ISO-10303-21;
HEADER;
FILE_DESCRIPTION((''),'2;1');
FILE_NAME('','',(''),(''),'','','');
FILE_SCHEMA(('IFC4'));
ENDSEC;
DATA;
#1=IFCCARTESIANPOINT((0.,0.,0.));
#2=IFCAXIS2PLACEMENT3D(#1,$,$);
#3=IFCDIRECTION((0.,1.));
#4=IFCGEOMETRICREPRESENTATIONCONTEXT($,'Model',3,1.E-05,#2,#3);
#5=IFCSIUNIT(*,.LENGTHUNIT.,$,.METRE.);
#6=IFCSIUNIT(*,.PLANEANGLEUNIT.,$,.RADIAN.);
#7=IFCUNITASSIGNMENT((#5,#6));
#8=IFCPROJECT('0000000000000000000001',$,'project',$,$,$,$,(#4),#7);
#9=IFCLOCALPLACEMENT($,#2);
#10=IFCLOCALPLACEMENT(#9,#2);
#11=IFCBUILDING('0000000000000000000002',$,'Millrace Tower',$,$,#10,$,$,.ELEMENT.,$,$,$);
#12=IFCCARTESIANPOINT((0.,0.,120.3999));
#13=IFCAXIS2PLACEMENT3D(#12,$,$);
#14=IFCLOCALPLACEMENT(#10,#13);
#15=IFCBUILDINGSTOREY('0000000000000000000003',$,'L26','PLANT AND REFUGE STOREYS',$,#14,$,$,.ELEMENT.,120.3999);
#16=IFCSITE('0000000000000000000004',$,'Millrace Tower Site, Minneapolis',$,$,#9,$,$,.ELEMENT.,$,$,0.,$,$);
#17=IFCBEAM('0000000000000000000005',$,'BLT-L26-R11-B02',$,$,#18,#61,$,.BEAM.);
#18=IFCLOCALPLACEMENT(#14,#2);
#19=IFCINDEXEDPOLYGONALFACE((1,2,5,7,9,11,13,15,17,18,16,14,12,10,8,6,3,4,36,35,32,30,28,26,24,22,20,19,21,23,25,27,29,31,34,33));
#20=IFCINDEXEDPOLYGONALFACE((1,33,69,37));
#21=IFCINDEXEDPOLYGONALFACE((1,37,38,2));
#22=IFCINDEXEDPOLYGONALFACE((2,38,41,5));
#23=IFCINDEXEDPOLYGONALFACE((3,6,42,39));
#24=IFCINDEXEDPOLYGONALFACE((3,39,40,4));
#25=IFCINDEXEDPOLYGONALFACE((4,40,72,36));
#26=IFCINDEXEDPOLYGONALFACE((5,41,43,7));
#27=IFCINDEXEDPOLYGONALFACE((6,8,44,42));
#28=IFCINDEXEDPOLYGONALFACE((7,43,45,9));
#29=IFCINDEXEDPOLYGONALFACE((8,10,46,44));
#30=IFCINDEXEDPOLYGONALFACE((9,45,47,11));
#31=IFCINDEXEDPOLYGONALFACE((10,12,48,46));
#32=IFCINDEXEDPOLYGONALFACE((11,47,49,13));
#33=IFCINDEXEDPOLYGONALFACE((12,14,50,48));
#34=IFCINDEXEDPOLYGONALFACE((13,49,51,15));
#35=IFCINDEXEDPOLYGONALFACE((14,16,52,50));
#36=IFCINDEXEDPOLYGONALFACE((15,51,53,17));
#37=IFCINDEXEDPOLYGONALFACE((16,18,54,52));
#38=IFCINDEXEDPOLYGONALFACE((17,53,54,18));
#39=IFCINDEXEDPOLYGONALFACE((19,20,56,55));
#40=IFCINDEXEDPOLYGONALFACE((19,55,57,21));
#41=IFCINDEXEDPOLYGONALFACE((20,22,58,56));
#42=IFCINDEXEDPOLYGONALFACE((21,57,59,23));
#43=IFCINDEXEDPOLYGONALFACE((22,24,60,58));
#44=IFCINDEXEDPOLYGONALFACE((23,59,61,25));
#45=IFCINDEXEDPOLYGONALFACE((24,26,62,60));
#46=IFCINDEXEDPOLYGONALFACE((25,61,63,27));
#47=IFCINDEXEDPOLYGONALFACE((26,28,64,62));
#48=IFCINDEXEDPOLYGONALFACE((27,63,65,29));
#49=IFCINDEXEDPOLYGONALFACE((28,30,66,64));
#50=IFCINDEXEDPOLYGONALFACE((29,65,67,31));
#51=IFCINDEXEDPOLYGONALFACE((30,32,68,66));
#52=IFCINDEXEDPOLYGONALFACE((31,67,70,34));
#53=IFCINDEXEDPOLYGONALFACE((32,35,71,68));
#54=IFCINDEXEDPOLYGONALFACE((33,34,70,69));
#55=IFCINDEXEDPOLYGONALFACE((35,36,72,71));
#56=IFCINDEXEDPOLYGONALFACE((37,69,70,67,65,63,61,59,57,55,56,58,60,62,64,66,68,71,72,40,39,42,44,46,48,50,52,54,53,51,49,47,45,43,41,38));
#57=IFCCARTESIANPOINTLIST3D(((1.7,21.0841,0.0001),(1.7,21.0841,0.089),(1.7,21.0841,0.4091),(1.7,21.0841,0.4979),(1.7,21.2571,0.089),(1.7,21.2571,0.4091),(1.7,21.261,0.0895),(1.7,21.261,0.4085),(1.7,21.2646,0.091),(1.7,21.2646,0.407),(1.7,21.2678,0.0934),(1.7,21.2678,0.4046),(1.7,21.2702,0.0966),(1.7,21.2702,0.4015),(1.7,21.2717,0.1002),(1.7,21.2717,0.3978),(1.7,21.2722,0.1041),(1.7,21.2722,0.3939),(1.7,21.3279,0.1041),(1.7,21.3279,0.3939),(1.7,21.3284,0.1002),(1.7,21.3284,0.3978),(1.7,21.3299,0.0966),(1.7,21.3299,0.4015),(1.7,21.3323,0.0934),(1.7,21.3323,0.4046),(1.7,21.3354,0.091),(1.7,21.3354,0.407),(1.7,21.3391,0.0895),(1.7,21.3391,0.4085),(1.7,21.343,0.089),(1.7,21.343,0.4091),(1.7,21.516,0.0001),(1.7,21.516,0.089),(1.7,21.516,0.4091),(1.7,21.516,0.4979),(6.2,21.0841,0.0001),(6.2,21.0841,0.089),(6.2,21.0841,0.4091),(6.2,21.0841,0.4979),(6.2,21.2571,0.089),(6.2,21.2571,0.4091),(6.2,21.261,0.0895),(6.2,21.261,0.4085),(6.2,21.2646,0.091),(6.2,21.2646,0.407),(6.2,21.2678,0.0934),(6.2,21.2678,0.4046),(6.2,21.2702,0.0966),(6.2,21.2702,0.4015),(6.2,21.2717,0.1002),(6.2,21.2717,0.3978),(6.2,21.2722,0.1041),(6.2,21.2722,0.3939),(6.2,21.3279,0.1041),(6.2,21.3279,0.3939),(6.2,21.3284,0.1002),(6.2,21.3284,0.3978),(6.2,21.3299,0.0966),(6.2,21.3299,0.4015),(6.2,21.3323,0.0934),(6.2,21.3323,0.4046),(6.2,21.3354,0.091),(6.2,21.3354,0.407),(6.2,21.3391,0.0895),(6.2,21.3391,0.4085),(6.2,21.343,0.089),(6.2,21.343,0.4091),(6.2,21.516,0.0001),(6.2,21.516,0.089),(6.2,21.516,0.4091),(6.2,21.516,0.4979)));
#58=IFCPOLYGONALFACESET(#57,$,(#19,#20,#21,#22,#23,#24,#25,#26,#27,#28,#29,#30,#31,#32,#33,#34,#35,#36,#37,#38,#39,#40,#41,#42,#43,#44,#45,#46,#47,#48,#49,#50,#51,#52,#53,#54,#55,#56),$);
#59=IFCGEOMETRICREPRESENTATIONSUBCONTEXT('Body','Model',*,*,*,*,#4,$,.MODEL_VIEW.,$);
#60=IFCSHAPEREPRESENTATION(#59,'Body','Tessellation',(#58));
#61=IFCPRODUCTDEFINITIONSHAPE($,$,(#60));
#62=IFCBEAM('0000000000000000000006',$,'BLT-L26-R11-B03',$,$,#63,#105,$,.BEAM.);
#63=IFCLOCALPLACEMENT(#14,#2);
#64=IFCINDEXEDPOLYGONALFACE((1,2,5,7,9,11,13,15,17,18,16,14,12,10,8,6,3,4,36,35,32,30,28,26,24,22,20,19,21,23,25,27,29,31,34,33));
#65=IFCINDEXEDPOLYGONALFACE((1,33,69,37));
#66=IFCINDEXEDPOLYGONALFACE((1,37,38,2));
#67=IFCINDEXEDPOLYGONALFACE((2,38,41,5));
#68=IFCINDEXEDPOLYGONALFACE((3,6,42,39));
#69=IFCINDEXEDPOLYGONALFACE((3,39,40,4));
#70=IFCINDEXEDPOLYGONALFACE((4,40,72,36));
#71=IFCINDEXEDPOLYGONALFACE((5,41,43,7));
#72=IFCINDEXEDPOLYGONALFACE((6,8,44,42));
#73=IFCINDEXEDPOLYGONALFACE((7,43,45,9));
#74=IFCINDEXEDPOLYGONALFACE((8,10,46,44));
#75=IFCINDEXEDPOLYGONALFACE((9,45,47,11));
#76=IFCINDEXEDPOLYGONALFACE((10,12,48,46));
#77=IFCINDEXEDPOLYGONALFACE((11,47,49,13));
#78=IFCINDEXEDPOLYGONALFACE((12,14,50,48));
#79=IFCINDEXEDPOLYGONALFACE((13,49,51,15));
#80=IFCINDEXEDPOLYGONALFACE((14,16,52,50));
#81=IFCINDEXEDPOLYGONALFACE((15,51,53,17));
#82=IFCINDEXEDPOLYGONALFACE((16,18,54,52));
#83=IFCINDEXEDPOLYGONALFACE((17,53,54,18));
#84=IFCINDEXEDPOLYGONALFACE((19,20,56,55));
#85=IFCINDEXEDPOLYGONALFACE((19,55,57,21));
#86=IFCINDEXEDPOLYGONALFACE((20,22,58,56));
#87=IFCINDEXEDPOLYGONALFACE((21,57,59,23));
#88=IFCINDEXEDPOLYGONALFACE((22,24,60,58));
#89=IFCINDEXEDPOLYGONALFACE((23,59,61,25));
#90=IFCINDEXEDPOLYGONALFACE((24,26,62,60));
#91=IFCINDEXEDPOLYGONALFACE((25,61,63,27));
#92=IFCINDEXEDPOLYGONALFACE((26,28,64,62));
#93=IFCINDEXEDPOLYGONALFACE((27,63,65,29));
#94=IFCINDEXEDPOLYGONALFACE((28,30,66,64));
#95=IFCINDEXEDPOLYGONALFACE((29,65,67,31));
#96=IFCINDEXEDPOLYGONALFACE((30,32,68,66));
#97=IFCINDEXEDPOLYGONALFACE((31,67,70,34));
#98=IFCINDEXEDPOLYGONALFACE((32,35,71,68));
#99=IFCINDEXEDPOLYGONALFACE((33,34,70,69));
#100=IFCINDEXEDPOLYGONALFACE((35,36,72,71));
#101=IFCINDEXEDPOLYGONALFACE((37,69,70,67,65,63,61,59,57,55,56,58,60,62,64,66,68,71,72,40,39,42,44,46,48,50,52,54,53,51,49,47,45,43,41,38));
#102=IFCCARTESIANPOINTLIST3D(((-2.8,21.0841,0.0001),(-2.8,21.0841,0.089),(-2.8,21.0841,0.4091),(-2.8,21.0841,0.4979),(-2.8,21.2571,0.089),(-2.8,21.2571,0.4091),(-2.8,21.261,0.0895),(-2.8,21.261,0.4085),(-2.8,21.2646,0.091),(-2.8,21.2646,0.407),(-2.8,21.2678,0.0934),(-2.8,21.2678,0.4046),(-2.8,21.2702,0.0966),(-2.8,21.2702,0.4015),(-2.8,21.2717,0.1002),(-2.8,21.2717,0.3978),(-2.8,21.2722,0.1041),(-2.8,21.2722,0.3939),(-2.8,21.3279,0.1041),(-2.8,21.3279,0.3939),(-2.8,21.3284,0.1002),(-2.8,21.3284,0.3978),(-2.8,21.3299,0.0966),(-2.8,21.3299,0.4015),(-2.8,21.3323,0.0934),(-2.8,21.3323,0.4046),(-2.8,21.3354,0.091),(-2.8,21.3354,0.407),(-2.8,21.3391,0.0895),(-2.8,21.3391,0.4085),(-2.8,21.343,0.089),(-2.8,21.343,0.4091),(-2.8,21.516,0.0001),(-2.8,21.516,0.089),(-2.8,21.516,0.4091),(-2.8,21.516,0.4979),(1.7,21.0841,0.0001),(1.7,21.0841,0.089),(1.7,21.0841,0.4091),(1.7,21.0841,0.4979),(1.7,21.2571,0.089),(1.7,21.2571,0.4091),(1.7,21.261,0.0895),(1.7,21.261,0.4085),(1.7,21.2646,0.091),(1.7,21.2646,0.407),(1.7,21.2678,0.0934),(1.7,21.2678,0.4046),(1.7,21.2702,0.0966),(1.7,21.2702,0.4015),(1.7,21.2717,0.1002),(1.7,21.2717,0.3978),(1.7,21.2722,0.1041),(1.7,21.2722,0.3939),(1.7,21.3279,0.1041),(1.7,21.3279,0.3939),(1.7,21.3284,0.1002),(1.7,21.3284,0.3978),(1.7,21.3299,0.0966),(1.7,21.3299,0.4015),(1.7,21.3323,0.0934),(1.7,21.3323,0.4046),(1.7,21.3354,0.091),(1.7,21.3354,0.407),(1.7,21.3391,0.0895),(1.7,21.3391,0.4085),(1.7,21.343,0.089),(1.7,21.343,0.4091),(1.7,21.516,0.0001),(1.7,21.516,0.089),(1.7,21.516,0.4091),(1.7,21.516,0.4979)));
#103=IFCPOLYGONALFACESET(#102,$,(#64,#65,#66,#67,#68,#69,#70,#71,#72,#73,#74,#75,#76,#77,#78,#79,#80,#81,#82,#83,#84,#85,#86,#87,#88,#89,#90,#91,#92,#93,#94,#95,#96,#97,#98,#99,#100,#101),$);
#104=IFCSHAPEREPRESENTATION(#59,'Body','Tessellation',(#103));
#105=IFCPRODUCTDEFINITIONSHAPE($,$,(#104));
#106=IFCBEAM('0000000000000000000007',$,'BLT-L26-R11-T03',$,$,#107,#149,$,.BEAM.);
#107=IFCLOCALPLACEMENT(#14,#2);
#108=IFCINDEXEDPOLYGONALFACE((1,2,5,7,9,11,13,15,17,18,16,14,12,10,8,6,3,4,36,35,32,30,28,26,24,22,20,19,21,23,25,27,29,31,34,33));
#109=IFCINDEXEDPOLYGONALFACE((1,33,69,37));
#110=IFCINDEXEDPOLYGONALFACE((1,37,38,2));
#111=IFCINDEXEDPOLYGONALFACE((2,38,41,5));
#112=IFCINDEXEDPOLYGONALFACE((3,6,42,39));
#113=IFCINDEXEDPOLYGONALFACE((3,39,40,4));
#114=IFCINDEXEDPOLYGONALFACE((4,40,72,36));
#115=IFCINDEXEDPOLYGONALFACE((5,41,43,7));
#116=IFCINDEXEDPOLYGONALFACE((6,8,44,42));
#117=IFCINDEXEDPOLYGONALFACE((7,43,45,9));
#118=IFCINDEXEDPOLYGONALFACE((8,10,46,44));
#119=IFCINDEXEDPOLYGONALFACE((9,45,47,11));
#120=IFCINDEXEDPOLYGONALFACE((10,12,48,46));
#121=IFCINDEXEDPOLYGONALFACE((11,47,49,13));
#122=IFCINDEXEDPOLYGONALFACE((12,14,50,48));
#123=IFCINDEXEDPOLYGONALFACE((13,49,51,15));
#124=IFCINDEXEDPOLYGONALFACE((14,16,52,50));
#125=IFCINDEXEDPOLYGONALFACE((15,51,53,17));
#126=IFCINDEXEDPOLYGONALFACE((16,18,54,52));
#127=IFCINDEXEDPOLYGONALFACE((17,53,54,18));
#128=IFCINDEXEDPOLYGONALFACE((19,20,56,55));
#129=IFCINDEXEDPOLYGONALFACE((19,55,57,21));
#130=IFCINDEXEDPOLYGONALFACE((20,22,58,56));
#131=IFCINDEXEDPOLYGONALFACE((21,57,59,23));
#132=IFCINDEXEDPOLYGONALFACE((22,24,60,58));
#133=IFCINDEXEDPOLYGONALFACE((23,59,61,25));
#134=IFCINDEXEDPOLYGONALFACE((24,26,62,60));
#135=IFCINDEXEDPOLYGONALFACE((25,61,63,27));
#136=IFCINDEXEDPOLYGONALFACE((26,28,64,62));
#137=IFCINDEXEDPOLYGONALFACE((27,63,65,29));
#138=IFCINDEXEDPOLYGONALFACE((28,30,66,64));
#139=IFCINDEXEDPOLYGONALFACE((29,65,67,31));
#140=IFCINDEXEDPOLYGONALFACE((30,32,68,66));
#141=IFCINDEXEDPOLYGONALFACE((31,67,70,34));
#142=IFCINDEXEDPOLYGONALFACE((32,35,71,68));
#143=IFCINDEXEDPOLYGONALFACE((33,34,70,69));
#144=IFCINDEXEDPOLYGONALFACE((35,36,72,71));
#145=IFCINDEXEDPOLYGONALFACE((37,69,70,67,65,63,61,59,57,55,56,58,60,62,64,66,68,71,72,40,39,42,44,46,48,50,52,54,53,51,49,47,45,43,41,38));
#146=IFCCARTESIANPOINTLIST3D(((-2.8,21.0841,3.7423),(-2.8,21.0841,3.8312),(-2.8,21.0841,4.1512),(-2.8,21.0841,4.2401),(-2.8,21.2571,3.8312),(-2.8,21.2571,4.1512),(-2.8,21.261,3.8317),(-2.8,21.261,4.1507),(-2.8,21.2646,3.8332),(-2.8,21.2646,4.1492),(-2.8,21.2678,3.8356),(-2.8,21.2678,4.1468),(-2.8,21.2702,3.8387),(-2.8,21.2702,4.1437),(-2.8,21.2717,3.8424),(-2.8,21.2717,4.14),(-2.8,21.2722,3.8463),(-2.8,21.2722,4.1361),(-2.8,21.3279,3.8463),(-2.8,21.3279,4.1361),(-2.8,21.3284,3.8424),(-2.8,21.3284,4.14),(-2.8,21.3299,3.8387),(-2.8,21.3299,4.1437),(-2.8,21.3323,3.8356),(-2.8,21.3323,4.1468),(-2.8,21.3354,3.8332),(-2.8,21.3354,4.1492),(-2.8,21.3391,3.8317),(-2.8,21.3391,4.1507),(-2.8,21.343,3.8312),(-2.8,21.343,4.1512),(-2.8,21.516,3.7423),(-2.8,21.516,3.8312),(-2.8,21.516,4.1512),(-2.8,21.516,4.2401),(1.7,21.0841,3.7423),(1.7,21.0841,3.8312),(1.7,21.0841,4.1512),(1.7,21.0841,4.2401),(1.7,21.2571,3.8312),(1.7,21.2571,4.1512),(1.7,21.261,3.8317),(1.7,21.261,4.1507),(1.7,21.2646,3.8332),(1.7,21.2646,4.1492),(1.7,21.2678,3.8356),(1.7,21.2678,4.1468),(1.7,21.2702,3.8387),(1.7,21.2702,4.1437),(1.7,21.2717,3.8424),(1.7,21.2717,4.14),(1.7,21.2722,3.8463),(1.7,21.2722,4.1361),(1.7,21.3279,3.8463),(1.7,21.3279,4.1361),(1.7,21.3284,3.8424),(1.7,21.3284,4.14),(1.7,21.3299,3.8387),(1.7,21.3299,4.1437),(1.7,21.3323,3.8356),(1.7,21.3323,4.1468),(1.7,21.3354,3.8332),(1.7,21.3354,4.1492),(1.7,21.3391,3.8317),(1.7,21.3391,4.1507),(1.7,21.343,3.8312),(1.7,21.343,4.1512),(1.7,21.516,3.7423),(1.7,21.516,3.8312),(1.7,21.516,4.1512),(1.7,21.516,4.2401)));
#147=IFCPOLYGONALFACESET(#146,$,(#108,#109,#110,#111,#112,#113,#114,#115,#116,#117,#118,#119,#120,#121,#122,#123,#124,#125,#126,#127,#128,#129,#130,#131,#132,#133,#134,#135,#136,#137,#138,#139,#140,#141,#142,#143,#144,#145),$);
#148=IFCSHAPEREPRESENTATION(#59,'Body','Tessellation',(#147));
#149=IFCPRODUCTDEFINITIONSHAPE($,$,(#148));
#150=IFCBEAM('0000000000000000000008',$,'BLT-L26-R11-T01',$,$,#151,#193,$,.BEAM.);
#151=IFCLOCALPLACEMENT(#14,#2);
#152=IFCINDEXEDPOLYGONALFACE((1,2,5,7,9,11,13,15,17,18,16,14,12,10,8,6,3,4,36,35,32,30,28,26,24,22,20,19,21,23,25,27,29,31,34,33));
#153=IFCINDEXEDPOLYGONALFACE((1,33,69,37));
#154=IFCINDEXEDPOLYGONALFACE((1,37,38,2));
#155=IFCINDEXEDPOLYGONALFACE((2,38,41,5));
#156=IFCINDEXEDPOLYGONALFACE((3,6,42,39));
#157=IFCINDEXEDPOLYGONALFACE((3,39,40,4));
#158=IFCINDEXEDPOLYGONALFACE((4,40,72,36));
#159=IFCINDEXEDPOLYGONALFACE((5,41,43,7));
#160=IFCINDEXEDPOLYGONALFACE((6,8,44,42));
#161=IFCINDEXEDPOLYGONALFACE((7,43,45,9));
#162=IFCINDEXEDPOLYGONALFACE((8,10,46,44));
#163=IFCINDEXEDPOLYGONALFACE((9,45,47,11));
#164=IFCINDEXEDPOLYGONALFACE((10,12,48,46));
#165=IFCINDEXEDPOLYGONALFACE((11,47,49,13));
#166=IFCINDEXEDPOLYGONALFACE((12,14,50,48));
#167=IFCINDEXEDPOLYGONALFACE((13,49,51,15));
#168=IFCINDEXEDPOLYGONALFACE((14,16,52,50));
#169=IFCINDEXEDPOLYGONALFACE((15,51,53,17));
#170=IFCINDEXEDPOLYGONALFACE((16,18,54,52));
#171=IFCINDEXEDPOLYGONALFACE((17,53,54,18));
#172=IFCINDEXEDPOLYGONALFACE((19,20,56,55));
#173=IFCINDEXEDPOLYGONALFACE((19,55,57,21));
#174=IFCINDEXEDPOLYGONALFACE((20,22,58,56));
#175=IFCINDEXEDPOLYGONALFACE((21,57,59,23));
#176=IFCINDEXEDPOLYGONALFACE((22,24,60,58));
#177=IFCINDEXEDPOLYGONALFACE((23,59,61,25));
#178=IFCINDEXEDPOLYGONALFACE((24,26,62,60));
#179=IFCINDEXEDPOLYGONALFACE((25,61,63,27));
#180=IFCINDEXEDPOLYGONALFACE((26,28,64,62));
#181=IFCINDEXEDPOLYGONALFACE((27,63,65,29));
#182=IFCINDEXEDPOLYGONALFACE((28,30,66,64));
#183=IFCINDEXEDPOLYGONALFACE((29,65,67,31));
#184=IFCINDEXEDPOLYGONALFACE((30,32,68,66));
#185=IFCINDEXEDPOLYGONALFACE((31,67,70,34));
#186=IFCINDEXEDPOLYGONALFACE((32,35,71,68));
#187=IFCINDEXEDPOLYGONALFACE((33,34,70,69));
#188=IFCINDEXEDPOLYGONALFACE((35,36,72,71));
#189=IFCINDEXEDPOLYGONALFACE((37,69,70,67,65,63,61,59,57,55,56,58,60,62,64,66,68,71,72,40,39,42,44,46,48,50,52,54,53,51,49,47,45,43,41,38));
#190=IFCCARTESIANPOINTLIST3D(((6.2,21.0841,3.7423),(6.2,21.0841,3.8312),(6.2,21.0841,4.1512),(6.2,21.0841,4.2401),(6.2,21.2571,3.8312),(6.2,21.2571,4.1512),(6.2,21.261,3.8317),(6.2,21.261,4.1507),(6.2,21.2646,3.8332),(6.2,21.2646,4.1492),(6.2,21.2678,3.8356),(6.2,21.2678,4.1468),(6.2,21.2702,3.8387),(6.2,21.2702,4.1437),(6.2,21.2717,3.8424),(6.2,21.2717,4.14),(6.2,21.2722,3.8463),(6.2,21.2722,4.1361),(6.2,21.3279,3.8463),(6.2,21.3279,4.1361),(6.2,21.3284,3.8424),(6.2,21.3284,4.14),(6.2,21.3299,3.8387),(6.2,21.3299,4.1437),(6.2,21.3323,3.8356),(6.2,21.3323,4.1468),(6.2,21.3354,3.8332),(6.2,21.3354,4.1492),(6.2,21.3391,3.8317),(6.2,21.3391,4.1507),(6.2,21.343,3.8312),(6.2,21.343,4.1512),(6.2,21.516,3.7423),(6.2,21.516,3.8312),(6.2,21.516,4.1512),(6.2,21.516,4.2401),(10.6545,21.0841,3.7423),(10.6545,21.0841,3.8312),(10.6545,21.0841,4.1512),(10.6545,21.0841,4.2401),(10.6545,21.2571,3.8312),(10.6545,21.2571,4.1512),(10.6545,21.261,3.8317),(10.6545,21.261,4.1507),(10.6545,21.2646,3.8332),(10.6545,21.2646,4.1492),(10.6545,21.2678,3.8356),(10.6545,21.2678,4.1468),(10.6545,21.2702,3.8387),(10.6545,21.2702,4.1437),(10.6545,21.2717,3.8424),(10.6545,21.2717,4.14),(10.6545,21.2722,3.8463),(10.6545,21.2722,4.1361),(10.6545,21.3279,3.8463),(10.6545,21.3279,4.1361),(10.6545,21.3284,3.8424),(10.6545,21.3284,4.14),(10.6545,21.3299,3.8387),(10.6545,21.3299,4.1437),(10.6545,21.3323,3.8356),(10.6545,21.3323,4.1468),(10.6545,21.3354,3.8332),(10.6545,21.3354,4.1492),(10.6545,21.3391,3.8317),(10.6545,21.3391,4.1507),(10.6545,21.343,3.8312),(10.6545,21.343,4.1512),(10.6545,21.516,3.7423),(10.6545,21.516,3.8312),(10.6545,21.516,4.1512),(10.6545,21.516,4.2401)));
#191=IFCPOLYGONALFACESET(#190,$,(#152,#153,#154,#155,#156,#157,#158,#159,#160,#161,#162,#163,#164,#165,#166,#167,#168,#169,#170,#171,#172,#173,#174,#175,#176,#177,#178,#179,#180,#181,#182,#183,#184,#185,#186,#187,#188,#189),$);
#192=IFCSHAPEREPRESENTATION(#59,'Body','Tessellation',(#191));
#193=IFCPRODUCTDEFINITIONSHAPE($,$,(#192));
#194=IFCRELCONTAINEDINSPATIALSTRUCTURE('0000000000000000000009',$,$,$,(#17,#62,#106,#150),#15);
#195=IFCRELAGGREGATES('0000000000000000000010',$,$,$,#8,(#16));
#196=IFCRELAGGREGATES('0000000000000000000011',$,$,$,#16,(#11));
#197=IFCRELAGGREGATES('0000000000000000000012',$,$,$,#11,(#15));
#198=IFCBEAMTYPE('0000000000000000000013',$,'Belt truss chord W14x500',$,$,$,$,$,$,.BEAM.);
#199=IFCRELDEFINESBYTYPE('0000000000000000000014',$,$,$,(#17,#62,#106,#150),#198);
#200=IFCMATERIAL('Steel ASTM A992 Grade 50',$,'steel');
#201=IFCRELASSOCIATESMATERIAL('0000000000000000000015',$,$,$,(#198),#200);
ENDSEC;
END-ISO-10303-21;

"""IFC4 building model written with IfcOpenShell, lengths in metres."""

from ifc_helpers import new_model, si_unit, direction, frame, origin, origin_2d, place, context, subcontext, project, spatial, i_section, extrude, material, material_profile, profile_set, type_object, element, save


model = new_model("IFC4")

# Units and contexts
model_context = context("Model", 3, precision=1e-05, world=origin(), true_north=direction((0.0, 1.0)))
body_context = subcontext(model_context, "Body", "Model", "MODEL_VIEW")
ifc_project = project(units=[si_unit("LENGTHUNIT", "METRE"), si_unit("PLANEANGLEUNIT", "RADIAN")], contexts=[model_context])

# Site, building, storey
site_placement = place(None, origin())
site = spatial("IfcSite", under=ifc_project, at=site_placement, Name="Millrace Tower Site, Minneapolis", CompositionType="ELEMENT", RefElevation=0.0)
building_placement = place(site_placement, origin())
building = spatial("IfcBuilding", under=site, at=building_placement, Name="Millrace Tower", CompositionType="ELEMENT")
storey_placement = place(building_placement, frame((0.0, 0.0, 120.3999)))
storey = spatial("IfcBuildingStorey", under=building, at=storey_placement, Name="L26", Description="PLANT AND REFUGE STOREYS", CompositionType="ELEMENT", Elevation=120.3999)

# Beams
ifc_material_1 = material(Name="Steel ASTM A992 Grade 50", Category="steel")
ifc_material_profile_1 = material_profile(ifc_material_1, i_section(OverallWidth=0.4319, OverallDepth=0.4978, WebThickness=0.0557, FlangeThickness=0.0889, FilletRadius=0.0151, at=origin_2d()))
ifc_profile_set_1 = profile_set([ifc_material_profile_1], Name="Steel ASTM A992 Grade 50")
beam_type_1 = type_object("IfcBeamType", Name="Belt truss chord W14x500", PredefinedType="BEAM", material=ifc_profile_set_1)
for number, where, z_axis, x_axis, name in (
    (1, (6.2, 21.3, 0.249), (-1.0, 0.0, 0.0), (0.0, -1.0, 0.0), "BLT-L26-R11-B02"),
    (2, (1.7, 21.3, 0.249), (-1.0, 0.0, 0.0), (0.0, -1.0, 0.0), "BLT-L26-R11-B03"),
    (3, (1.7, 21.3, 3.9912), (-1.0, 0.0, 0.0), (0.0, -1.0, 0.0), "BLT-L26-R11-T03"),
):
    element("IfcBeam", number, at=place(storey_placement, frame(where, z_axis=z_axis, x_axis=x_axis)), inside=storey, type_object=beam_type_1, Name=name, PredefinedType="BEAM", context=body_context, shape_type="SweptSolid", body=[
        extrude(i_section(OverallWidth=0.4319, OverallDepth=0.4978, WebThickness=0.0557, FlangeThickness=0.0889, FilletRadius=0.0151, at=origin_2d()), origin(), (0.0, 0.0, 1.0), 4.5),
    ])
beam_1_placement = place(storey_placement, frame((10.6545, 21.3, 3.9912), z_axis=(-1.0, 0.0, 0.0), x_axis=(0.0, -1.0, 0.0)))
element("IfcBeam", 4, at=beam_1_placement, inside=storey, type_object=beam_type_1, Name="BLT-L26-R11-T01", PredefinedType="BEAM", context=body_context, shape_type="SweptSolid", body=[
    extrude(i_section(OverallWidth=0.4319, OverallDepth=0.4978, WebThickness=0.0557, FlangeThickness=0.0889, FilletRadius=0.0151, at=origin_2d()), origin(), (0.0, 0.0, 1.0), 4.4546),
])

save(model, "model.ifc")
